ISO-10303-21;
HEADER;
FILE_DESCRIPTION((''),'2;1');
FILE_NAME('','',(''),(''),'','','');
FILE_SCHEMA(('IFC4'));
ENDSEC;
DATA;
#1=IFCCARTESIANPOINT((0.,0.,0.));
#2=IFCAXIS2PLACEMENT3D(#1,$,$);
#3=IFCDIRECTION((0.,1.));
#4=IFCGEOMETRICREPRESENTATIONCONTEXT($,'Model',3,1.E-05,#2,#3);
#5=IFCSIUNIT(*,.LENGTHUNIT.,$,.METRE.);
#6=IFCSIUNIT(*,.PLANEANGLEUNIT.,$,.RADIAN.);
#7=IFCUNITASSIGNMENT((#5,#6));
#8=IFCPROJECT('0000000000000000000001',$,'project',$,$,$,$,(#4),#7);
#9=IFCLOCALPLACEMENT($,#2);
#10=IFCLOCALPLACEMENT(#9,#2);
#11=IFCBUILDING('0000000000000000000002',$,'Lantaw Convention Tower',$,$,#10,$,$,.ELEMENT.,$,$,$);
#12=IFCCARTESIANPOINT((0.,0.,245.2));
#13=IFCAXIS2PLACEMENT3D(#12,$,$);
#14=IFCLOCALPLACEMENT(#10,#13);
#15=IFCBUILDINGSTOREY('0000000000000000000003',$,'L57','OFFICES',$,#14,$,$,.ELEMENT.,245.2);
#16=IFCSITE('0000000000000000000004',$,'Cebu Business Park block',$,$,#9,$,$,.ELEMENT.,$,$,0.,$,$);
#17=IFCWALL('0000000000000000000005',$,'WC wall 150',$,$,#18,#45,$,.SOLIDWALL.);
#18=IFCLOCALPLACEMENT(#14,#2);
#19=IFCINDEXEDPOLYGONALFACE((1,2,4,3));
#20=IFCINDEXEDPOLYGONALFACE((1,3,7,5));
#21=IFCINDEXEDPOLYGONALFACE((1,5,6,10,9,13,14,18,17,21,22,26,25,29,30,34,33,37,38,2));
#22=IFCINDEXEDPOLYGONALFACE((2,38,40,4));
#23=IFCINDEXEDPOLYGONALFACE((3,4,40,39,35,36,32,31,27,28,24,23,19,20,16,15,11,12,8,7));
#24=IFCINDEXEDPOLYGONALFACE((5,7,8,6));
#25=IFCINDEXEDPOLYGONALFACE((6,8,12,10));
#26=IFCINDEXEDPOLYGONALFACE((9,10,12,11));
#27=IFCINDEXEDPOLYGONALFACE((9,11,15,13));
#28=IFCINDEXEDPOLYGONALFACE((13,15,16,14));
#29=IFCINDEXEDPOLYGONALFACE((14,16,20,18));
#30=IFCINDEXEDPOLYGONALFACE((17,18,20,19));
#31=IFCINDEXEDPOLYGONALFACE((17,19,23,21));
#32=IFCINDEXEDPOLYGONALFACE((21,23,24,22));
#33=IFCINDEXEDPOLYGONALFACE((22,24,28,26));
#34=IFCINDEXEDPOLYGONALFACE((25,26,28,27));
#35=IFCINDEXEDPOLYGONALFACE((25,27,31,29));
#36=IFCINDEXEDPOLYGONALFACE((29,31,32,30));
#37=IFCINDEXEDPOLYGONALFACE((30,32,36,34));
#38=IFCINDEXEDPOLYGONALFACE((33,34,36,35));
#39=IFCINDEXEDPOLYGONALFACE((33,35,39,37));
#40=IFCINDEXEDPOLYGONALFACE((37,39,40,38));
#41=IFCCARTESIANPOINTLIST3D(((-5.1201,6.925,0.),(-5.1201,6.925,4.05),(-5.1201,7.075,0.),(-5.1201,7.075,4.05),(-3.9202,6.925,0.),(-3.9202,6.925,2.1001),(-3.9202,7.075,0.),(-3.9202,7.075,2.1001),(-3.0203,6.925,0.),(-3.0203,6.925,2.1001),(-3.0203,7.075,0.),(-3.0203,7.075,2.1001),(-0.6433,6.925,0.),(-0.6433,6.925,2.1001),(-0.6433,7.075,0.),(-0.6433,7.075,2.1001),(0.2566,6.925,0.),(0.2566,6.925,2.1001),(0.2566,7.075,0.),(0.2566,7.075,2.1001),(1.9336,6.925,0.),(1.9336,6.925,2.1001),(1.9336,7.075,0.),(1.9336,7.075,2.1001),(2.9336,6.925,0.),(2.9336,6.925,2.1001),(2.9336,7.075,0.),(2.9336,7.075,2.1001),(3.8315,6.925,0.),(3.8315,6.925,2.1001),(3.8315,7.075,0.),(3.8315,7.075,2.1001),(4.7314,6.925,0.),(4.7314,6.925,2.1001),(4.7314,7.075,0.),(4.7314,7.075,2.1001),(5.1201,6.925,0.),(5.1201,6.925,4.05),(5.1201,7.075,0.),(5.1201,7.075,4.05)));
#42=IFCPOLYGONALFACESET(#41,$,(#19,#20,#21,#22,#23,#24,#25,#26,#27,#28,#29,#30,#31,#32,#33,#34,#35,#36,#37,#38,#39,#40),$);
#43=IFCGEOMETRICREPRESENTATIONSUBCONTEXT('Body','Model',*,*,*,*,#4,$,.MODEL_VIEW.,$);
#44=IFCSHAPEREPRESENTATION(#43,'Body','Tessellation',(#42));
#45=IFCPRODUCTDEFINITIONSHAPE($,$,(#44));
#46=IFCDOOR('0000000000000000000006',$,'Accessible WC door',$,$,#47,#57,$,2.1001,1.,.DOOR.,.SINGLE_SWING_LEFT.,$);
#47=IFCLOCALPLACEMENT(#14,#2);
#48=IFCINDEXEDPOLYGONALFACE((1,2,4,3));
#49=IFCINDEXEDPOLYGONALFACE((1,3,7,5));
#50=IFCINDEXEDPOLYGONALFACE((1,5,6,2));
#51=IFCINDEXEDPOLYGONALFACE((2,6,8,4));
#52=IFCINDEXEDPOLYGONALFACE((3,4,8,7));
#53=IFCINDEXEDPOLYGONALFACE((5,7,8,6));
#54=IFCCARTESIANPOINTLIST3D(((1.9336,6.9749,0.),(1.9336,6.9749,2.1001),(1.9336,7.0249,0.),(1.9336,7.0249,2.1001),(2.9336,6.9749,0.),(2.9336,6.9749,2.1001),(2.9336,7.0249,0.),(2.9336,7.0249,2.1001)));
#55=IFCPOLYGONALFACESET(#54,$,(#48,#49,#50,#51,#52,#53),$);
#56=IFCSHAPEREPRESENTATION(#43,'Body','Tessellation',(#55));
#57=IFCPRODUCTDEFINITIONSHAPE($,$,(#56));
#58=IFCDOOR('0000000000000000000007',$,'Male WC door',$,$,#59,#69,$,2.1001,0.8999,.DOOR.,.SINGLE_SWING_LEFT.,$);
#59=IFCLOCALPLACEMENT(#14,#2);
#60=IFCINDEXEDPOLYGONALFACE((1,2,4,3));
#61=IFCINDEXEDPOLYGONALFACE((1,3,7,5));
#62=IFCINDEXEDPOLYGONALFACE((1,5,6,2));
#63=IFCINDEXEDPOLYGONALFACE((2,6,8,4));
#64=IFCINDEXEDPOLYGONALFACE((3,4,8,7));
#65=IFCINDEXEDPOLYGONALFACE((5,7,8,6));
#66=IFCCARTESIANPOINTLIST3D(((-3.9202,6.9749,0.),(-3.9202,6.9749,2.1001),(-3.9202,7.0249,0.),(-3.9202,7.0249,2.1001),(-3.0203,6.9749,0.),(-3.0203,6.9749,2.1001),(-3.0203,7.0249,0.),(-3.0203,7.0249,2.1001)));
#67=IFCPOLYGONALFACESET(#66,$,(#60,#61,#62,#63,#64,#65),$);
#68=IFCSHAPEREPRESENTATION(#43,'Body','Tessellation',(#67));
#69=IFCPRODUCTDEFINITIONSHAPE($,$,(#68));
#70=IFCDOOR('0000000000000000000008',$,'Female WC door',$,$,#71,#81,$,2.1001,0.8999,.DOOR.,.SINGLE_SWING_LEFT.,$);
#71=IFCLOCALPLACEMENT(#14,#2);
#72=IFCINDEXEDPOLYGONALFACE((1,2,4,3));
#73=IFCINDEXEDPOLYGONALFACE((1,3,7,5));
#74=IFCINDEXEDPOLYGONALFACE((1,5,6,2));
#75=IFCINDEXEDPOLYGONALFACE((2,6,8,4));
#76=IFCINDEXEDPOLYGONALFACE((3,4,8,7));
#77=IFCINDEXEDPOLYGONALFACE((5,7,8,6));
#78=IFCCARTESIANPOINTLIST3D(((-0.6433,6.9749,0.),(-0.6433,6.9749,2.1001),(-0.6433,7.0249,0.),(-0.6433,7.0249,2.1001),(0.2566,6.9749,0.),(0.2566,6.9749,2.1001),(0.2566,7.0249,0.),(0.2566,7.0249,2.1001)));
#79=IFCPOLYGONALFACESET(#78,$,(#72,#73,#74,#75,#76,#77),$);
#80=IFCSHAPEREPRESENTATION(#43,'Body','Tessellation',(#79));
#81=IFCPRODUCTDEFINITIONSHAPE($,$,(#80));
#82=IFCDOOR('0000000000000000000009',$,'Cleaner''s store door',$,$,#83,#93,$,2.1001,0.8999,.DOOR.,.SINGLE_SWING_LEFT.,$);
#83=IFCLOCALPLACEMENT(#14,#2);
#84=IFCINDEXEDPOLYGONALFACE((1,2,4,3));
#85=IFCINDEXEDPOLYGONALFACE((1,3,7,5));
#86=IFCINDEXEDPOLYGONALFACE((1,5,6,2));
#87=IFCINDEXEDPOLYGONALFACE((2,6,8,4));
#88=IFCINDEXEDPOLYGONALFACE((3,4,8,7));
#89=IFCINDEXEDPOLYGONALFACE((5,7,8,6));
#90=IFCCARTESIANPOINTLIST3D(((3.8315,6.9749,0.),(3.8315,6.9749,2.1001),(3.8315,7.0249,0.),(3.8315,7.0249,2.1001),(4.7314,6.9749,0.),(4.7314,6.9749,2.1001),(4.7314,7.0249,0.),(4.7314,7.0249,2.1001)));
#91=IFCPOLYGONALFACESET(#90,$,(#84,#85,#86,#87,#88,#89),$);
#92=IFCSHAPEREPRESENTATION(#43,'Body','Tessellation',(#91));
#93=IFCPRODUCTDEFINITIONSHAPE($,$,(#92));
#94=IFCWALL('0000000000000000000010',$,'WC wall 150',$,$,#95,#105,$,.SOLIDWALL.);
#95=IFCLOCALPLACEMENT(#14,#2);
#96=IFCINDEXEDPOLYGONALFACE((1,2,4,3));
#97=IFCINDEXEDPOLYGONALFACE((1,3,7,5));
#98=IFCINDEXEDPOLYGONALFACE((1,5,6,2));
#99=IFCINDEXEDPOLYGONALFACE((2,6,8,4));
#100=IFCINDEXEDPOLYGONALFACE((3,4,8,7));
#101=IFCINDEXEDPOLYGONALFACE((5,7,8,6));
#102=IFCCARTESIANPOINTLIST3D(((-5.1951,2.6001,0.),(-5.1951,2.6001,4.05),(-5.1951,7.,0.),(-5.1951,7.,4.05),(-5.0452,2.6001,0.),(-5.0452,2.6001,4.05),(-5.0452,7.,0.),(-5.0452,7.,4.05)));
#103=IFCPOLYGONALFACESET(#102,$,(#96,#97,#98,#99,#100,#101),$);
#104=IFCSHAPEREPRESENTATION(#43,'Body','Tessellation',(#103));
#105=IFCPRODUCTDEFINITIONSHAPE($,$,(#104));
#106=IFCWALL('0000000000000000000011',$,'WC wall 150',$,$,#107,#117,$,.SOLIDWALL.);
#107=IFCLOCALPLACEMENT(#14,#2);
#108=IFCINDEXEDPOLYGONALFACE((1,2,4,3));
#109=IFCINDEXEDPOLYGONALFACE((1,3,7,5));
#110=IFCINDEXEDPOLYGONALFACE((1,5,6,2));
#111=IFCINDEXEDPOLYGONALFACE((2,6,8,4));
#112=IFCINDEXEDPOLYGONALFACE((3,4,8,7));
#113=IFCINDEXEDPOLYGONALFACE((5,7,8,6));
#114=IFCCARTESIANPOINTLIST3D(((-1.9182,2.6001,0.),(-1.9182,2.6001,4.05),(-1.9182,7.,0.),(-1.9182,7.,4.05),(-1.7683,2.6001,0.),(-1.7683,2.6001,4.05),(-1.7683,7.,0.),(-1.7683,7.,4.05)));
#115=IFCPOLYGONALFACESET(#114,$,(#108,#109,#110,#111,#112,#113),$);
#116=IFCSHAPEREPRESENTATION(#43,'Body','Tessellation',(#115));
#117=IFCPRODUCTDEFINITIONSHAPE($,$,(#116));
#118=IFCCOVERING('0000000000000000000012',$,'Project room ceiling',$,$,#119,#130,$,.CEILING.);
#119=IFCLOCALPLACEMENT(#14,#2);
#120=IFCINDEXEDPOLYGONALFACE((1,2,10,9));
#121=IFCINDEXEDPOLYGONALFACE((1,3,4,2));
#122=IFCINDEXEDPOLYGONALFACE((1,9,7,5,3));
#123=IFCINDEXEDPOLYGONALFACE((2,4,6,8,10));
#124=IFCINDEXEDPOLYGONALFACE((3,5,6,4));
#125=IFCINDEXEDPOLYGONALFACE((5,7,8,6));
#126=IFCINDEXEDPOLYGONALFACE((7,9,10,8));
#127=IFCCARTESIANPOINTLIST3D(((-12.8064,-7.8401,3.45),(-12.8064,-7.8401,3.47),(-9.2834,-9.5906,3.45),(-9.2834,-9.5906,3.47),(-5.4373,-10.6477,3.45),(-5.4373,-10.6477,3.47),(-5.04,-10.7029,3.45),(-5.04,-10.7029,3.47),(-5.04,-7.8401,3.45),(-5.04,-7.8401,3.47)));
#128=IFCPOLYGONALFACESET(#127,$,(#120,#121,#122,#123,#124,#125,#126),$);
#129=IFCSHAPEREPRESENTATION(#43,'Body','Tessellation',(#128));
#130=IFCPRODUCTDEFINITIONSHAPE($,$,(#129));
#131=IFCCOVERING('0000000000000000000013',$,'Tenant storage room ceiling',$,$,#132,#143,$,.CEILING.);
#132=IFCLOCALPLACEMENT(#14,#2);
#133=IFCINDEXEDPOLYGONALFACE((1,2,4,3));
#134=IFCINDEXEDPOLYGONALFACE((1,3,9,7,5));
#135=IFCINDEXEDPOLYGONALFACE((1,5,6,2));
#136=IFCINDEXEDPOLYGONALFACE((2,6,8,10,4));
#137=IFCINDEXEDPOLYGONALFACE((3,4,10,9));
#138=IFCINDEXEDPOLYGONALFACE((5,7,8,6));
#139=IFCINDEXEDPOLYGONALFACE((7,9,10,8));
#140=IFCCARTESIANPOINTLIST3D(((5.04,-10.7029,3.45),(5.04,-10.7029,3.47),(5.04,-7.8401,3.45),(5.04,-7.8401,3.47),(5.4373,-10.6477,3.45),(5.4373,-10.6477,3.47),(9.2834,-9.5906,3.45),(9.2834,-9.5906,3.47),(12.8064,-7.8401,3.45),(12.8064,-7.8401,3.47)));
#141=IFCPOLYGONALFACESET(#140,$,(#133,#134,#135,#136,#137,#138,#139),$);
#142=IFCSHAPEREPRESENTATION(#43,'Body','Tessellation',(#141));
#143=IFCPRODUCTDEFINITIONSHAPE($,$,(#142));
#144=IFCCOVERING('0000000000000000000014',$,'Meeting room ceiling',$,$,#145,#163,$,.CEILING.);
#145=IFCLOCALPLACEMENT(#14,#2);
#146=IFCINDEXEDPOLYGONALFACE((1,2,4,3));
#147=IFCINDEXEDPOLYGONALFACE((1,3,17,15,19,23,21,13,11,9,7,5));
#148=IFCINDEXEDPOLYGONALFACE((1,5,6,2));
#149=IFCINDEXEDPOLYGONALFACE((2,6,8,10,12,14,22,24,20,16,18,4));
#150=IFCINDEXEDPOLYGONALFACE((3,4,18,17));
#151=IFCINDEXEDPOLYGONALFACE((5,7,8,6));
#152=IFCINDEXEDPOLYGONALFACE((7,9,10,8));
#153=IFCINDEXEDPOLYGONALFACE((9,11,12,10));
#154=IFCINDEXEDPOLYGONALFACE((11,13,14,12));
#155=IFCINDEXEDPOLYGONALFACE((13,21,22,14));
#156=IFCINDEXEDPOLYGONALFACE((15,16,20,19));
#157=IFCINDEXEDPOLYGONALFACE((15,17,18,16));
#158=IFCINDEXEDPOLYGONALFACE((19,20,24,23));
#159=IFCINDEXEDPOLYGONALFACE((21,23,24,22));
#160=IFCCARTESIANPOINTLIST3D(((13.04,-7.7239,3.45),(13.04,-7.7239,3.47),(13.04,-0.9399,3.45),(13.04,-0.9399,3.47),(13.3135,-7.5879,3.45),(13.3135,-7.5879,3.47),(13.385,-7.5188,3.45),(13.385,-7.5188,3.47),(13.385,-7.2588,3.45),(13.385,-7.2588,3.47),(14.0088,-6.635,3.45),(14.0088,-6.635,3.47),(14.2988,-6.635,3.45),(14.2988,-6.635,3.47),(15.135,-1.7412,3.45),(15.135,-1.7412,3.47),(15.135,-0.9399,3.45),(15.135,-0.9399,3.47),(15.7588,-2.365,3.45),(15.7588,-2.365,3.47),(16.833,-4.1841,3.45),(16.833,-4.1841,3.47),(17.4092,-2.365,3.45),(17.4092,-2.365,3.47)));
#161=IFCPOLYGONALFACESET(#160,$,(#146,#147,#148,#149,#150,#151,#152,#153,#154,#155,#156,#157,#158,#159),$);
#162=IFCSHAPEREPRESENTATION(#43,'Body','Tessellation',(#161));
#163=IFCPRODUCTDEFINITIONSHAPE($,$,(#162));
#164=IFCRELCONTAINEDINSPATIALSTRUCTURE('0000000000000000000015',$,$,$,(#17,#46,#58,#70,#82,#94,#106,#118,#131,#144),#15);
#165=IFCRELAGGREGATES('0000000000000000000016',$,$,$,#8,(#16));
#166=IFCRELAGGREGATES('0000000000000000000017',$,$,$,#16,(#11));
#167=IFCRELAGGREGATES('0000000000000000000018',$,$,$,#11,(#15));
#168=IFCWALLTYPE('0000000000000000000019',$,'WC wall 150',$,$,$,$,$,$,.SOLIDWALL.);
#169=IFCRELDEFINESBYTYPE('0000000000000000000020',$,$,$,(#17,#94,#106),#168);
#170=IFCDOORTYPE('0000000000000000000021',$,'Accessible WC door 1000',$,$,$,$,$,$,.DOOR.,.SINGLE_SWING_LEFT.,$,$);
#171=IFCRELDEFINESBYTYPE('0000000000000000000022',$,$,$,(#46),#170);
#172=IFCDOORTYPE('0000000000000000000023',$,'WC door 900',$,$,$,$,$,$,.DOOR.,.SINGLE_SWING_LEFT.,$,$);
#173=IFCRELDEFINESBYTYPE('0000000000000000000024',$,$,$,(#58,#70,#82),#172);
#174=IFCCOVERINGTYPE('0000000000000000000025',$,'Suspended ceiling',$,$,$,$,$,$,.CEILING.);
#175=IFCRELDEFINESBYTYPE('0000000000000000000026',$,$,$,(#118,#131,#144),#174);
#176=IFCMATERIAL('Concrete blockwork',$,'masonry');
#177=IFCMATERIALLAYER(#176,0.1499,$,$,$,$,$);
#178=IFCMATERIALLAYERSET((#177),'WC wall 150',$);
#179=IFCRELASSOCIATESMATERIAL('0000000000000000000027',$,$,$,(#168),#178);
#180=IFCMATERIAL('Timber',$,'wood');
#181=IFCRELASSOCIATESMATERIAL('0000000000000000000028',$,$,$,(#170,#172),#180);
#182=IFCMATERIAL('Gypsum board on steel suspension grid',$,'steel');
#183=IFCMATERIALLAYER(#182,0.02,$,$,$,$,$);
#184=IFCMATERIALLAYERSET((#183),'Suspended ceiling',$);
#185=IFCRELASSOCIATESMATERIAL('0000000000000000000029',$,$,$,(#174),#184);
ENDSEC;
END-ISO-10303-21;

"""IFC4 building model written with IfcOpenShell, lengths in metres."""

from ifc_helpers import new_model, si_unit, direction, frame, frame_2d, origin, place, context, subcontext, project, spatial, polyline, rectangle, outline, extrude, material, layer, layer_set, type_object, element, fill, save


model = new_model("IFC4")

# Units and contexts
model_context = context("Model", 3, precision=1e-05, world=origin(), true_north=direction((0.0, 1.0)))
body_context = subcontext(model_context, "Body", "Model", "MODEL_VIEW")
ifc_project = project(units=[si_unit("LENGTHUNIT", "METRE"), si_unit("PLANEANGLEUNIT", "RADIAN")], contexts=[model_context])

# Site, building, storey
site_placement = place(None, origin())
site = spatial("IfcSite", under=ifc_project, at=site_placement, Name="Cebu Business Park block", CompositionType="ELEMENT", RefElevation=0.0)
building_placement = place(site_placement, origin())
building = spatial("IfcBuilding", under=site, at=building_placement, Name="Lantaw Convention Tower", CompositionType="ELEMENT")
storey_placement = place(building_placement, frame((0.0, 0.0, 245.2)))
storey = spatial("IfcBuildingStorey", under=building, at=storey_placement, Name="L57", Description="OFFICES", CompositionType="ELEMENT", Elevation=245.2)

# Wall, openings, doors
ifc_material_1 = material(Name="Concrete blockwork", Category="masonry")
ifc_layer_1 = layer(ifc_material_1, 0.1499)
ifc_layer_set_1 = layer_set([ifc_layer_1], Name="WC wall 150")
wall_type_1 = type_object("IfcWallType", Name="WC wall 150", PredefinedType="SOLIDWALL", material=ifc_layer_set_1)
wall_1_placement = place(storey_placement, frame((-5.1201, 7.0, 0.0), z_axis=(0.0, 0.0, 1.0), x_axis=(1.0, 0.0, 0.0)))
wall_1 = element("IfcWall", 1, at=wall_1_placement, inside=storey, type_object=wall_type_1, Name="WC wall 150", PredefinedType="SOLIDWALL", context=body_context, shape_type="SweptSolid", body=[
    extrude(rectangle(XDim=10.2402, YDim=0.1499, at=frame_2d((5.1201, 0.0))), origin(), (0.0, 0.0, 1.0), 4.05),
])
opening_1_placement = place(wall_1_placement, frame((1.2, 0.0, 0.0)))
opening_1 = element("IfcOpeningElement", 2, at=opening_1_placement, cuts=wall_1, PredefinedType="OPENING", context=body_context, shape_type="SweptSolid", body=[
    extrude(rectangle(XDim=0.8999, YDim=2.1001, at=frame_2d((0.45, 1.05))), frame((0.0, 0.085, 0.0), z_axis=(0.0, -1.0, 0.0), x_axis=(1.0, 0.0, 0.0)), (0.0, 0.0, 1.0), 0.1699),
])
opening_2_placement = place(wall_1_placement, frame((4.4768, 0.0, 0.0)))
opening_2 = element("IfcOpeningElement", 3, at=opening_2_placement, cuts=wall_1, PredefinedType="OPENING", context=body_context, shape_type="SweptSolid", body=[
    extrude(rectangle(XDim=0.8999, YDim=2.1001, at=frame_2d((0.45, 1.05))), frame((0.0, 0.085, 0.0), z_axis=(0.0, -1.0, 0.0), x_axis=(1.0, 0.0, 0.0)), (0.0, 0.0, 1.0), 0.1699),
])
opening_3_placement = place(wall_1_placement, frame((7.0537, 0.0, 0.0)))
opening_3 = element("IfcOpeningElement", 4, at=opening_3_placement, cuts=wall_1, PredefinedType="OPENING", context=body_context, shape_type="SweptSolid", body=[
    extrude(rectangle(XDim=1.0, YDim=2.1001, at=frame_2d((0.5, 1.05))), frame((0.0, 0.085, 0.0), z_axis=(0.0, -1.0, 0.0), x_axis=(1.0, 0.0, 0.0)), (0.0, 0.0, 1.0), 0.1699),
])
opening_4_placement = place(wall_1_placement, frame((8.9517, 0.0, 0.0)))
opening_4 = element("IfcOpeningElement", 5, at=opening_4_placement, cuts=wall_1, PredefinedType="OPENING", context=body_context, shape_type="SweptSolid", body=[
    extrude(rectangle(XDim=0.8999, YDim=2.1001, at=frame_2d((0.45, 1.05))), frame((0.0, 0.085, 0.0), z_axis=(0.0, -1.0, 0.0), x_axis=(1.0, 0.0, 0.0)), (0.0, 0.0, 1.0), 0.1699),
])
ifc_material_2 = material(Name="Timber", Category="wood")
door_type_1 = type_object("IfcDoorType", Name="Accessible WC door 1000", OperationType="SINGLE_SWING_LEFT", PredefinedType="DOOR", material=ifc_material_2)
door_1_placement = place(opening_3_placement, origin())
door_1 = element("IfcDoor", 6, at=door_1_placement, inside=storey, type_object=door_type_1, Name="Accessible WC door", OperationType="SINGLE_SWING_LEFT", OverallHeight=2.1001, OverallWidth=1.0, PredefinedType="DOOR", context=body_context, shape_type="SweptSolid", body=[
    extrude(rectangle(XDim=1.0, YDim=2.1001, at=frame_2d((0.5, 1.05))), frame((0.0, 0.0249, 0.0), z_axis=(0.0, -1.0, 0.0), x_axis=(1.0, 0.0, 0.0)), (0.0, 0.0, 1.0), 0.05),
])
fill(opening_3, door_1)
door_type_2 = type_object("IfcDoorType", Name="WC door 900", OperationType="SINGLE_SWING_LEFT", PredefinedType="DOOR", material=ifc_material_2)
door_2_placement = place(opening_1_placement, origin())
door_2 = element("IfcDoor", 7, at=door_2_placement, inside=storey, type_object=door_type_2, Name="Male WC door", OperationType="SINGLE_SWING_LEFT", OverallHeight=2.1001, OverallWidth=0.8999, PredefinedType="DOOR", context=body_context, shape_type="SweptSolid", body=[
    extrude(rectangle(XDim=0.8999, YDim=2.1001, at=frame_2d((0.45, 1.05))), frame((0.0, 0.0249, 0.0), z_axis=(0.0, -1.0, 0.0), x_axis=(1.0, 0.0, 0.0)), (0.0, 0.0, 1.0), 0.05),
])
fill(opening_1, door_2)
door_3_placement = place(opening_2_placement, origin())
door_3 = element("IfcDoor", 8, at=door_3_placement, inside=storey, type_object=door_type_2, Name="Female WC door", OperationType="SINGLE_SWING_LEFT", OverallHeight=2.1001, OverallWidth=0.8999, PredefinedType="DOOR", context=body_context, shape_type="SweptSolid", body=[
    extrude(rectangle(XDim=0.8999, YDim=2.1001, at=frame_2d((0.45, 1.05))), frame((0.0, 0.0249, 0.0), z_axis=(0.0, -1.0, 0.0), x_axis=(1.0, 0.0, 0.0)), (0.0, 0.0, 1.0), 0.05),
])
fill(opening_2, door_3)
door_4_placement = place(opening_4_placement, origin())
door_4 = element("IfcDoor", 9, at=door_4_placement, inside=storey, type_object=door_type_2, Name="Cleaner's store door", OperationType="SINGLE_SWING_LEFT", OverallHeight=2.1001, OverallWidth=0.8999, PredefinedType="DOOR", context=body_context, shape_type="SweptSolid", body=[
    extrude(rectangle(XDim=0.8999, YDim=2.1001, at=frame_2d((0.45, 1.05))), frame((0.0, 0.0249, 0.0), z_axis=(0.0, -1.0, 0.0), x_axis=(1.0, 0.0, 0.0)), (0.0, 0.0, 1.0), 0.05),
])
fill(opening_4, door_4)

# Walls
for number, where, z_axis, x_axis, name in (
    (10, (-5.1201, 2.6001, 0.0), (0.0, 0.0, 1.0), (0.0, 1.0, 0.0), "WC wall 150"),
    (11, (-1.8433, 2.6001, 0.0), (0.0, 0.0, 1.0), (0.0, 1.0, 0.0), "WC wall 150"),
):
    element("IfcWall", number, at=place(storey_placement, frame(where, z_axis=z_axis, x_axis=x_axis)), inside=storey, type_object=wall_type_1, Name=name, PredefinedType="SOLIDWALL", context=body_context, shape_type="SweptSolid", body=[
        extrude(rectangle(XDim=4.3999, YDim=0.1499, at=frame_2d((2.2, 0.0))), origin(), (0.0, 0.0, 1.0), 4.05),
    ])

# Coverings
ifc_material_3 = material(Name="Gypsum board on steel suspension grid", Category="steel")
ifc_layer_2 = layer(ifc_material_3, 0.02)
ifc_layer_set_2 = layer_set([ifc_layer_2], Name="Suspended ceiling")
covering_type = type_object("IfcCoveringType", Name="Suspended ceiling", PredefinedType="CEILING", material=ifc_layer_set_2)
covering_1_placement = place(storey_placement, frame((0.0, 0.0, 3.45)))
element("IfcCovering", 12, at=covering_1_placement, inside=storey, type_object=covering_type, Name="Project room ceiling", PredefinedType="CEILING", context=body_context, shape_type="SweptSolid", body=[
    extrude(outline(polyline([(-5.04, -7.8401), (-12.8064, -7.8401), (-9.2834, -9.5906), (-5.4373, -10.6477), (-5.04, -10.7029), (-5.04, -7.8401)])), origin(), (0.0, 0.0, 1.0), 0.02),
])
covering_2_placement = place(storey_placement, frame((0.0, 0.0, 3.45)))
element("IfcCovering", 13, at=covering_2_placement, inside=storey, type_object=covering_type, Name="Tenant storage room ceiling", PredefinedType="CEILING", context=body_context, shape_type="SweptSolid", body=[
    extrude(outline(polyline([(5.04, -7.8401), (5.04, -10.7029), (5.4373, -10.6477), (9.2834, -9.5906), (12.8064, -7.8401), (5.04, -7.8401)])), origin(), (0.0, 0.0, 1.0), 0.02),
])
covering_3_placement = place(storey_placement, frame((0.0, 0.0, 3.45)))
element("IfcCovering", 14, at=covering_3_placement, inside=storey, type_object=covering_type, Name="Meeting room ceiling", PredefinedType="CEILING", context=body_context, shape_type="SweptSolid", body=[
    extrude(outline(polyline([(16.833, -4.1841), (17.4092, -2.365), (15.7588, -2.365), (15.135, -1.7412), (15.135, -0.9399), (13.04, -0.9399), (13.04, -7.7239), (13.3135, -7.5879), (13.385, -7.5188), (13.385, -7.2588), (14.0088, -6.635), (14.2988, -6.635), (16.833, -4.1841)])), origin(), (0.0, 0.0, 1.0), 0.02),
])

save(model, "model.ifc")
